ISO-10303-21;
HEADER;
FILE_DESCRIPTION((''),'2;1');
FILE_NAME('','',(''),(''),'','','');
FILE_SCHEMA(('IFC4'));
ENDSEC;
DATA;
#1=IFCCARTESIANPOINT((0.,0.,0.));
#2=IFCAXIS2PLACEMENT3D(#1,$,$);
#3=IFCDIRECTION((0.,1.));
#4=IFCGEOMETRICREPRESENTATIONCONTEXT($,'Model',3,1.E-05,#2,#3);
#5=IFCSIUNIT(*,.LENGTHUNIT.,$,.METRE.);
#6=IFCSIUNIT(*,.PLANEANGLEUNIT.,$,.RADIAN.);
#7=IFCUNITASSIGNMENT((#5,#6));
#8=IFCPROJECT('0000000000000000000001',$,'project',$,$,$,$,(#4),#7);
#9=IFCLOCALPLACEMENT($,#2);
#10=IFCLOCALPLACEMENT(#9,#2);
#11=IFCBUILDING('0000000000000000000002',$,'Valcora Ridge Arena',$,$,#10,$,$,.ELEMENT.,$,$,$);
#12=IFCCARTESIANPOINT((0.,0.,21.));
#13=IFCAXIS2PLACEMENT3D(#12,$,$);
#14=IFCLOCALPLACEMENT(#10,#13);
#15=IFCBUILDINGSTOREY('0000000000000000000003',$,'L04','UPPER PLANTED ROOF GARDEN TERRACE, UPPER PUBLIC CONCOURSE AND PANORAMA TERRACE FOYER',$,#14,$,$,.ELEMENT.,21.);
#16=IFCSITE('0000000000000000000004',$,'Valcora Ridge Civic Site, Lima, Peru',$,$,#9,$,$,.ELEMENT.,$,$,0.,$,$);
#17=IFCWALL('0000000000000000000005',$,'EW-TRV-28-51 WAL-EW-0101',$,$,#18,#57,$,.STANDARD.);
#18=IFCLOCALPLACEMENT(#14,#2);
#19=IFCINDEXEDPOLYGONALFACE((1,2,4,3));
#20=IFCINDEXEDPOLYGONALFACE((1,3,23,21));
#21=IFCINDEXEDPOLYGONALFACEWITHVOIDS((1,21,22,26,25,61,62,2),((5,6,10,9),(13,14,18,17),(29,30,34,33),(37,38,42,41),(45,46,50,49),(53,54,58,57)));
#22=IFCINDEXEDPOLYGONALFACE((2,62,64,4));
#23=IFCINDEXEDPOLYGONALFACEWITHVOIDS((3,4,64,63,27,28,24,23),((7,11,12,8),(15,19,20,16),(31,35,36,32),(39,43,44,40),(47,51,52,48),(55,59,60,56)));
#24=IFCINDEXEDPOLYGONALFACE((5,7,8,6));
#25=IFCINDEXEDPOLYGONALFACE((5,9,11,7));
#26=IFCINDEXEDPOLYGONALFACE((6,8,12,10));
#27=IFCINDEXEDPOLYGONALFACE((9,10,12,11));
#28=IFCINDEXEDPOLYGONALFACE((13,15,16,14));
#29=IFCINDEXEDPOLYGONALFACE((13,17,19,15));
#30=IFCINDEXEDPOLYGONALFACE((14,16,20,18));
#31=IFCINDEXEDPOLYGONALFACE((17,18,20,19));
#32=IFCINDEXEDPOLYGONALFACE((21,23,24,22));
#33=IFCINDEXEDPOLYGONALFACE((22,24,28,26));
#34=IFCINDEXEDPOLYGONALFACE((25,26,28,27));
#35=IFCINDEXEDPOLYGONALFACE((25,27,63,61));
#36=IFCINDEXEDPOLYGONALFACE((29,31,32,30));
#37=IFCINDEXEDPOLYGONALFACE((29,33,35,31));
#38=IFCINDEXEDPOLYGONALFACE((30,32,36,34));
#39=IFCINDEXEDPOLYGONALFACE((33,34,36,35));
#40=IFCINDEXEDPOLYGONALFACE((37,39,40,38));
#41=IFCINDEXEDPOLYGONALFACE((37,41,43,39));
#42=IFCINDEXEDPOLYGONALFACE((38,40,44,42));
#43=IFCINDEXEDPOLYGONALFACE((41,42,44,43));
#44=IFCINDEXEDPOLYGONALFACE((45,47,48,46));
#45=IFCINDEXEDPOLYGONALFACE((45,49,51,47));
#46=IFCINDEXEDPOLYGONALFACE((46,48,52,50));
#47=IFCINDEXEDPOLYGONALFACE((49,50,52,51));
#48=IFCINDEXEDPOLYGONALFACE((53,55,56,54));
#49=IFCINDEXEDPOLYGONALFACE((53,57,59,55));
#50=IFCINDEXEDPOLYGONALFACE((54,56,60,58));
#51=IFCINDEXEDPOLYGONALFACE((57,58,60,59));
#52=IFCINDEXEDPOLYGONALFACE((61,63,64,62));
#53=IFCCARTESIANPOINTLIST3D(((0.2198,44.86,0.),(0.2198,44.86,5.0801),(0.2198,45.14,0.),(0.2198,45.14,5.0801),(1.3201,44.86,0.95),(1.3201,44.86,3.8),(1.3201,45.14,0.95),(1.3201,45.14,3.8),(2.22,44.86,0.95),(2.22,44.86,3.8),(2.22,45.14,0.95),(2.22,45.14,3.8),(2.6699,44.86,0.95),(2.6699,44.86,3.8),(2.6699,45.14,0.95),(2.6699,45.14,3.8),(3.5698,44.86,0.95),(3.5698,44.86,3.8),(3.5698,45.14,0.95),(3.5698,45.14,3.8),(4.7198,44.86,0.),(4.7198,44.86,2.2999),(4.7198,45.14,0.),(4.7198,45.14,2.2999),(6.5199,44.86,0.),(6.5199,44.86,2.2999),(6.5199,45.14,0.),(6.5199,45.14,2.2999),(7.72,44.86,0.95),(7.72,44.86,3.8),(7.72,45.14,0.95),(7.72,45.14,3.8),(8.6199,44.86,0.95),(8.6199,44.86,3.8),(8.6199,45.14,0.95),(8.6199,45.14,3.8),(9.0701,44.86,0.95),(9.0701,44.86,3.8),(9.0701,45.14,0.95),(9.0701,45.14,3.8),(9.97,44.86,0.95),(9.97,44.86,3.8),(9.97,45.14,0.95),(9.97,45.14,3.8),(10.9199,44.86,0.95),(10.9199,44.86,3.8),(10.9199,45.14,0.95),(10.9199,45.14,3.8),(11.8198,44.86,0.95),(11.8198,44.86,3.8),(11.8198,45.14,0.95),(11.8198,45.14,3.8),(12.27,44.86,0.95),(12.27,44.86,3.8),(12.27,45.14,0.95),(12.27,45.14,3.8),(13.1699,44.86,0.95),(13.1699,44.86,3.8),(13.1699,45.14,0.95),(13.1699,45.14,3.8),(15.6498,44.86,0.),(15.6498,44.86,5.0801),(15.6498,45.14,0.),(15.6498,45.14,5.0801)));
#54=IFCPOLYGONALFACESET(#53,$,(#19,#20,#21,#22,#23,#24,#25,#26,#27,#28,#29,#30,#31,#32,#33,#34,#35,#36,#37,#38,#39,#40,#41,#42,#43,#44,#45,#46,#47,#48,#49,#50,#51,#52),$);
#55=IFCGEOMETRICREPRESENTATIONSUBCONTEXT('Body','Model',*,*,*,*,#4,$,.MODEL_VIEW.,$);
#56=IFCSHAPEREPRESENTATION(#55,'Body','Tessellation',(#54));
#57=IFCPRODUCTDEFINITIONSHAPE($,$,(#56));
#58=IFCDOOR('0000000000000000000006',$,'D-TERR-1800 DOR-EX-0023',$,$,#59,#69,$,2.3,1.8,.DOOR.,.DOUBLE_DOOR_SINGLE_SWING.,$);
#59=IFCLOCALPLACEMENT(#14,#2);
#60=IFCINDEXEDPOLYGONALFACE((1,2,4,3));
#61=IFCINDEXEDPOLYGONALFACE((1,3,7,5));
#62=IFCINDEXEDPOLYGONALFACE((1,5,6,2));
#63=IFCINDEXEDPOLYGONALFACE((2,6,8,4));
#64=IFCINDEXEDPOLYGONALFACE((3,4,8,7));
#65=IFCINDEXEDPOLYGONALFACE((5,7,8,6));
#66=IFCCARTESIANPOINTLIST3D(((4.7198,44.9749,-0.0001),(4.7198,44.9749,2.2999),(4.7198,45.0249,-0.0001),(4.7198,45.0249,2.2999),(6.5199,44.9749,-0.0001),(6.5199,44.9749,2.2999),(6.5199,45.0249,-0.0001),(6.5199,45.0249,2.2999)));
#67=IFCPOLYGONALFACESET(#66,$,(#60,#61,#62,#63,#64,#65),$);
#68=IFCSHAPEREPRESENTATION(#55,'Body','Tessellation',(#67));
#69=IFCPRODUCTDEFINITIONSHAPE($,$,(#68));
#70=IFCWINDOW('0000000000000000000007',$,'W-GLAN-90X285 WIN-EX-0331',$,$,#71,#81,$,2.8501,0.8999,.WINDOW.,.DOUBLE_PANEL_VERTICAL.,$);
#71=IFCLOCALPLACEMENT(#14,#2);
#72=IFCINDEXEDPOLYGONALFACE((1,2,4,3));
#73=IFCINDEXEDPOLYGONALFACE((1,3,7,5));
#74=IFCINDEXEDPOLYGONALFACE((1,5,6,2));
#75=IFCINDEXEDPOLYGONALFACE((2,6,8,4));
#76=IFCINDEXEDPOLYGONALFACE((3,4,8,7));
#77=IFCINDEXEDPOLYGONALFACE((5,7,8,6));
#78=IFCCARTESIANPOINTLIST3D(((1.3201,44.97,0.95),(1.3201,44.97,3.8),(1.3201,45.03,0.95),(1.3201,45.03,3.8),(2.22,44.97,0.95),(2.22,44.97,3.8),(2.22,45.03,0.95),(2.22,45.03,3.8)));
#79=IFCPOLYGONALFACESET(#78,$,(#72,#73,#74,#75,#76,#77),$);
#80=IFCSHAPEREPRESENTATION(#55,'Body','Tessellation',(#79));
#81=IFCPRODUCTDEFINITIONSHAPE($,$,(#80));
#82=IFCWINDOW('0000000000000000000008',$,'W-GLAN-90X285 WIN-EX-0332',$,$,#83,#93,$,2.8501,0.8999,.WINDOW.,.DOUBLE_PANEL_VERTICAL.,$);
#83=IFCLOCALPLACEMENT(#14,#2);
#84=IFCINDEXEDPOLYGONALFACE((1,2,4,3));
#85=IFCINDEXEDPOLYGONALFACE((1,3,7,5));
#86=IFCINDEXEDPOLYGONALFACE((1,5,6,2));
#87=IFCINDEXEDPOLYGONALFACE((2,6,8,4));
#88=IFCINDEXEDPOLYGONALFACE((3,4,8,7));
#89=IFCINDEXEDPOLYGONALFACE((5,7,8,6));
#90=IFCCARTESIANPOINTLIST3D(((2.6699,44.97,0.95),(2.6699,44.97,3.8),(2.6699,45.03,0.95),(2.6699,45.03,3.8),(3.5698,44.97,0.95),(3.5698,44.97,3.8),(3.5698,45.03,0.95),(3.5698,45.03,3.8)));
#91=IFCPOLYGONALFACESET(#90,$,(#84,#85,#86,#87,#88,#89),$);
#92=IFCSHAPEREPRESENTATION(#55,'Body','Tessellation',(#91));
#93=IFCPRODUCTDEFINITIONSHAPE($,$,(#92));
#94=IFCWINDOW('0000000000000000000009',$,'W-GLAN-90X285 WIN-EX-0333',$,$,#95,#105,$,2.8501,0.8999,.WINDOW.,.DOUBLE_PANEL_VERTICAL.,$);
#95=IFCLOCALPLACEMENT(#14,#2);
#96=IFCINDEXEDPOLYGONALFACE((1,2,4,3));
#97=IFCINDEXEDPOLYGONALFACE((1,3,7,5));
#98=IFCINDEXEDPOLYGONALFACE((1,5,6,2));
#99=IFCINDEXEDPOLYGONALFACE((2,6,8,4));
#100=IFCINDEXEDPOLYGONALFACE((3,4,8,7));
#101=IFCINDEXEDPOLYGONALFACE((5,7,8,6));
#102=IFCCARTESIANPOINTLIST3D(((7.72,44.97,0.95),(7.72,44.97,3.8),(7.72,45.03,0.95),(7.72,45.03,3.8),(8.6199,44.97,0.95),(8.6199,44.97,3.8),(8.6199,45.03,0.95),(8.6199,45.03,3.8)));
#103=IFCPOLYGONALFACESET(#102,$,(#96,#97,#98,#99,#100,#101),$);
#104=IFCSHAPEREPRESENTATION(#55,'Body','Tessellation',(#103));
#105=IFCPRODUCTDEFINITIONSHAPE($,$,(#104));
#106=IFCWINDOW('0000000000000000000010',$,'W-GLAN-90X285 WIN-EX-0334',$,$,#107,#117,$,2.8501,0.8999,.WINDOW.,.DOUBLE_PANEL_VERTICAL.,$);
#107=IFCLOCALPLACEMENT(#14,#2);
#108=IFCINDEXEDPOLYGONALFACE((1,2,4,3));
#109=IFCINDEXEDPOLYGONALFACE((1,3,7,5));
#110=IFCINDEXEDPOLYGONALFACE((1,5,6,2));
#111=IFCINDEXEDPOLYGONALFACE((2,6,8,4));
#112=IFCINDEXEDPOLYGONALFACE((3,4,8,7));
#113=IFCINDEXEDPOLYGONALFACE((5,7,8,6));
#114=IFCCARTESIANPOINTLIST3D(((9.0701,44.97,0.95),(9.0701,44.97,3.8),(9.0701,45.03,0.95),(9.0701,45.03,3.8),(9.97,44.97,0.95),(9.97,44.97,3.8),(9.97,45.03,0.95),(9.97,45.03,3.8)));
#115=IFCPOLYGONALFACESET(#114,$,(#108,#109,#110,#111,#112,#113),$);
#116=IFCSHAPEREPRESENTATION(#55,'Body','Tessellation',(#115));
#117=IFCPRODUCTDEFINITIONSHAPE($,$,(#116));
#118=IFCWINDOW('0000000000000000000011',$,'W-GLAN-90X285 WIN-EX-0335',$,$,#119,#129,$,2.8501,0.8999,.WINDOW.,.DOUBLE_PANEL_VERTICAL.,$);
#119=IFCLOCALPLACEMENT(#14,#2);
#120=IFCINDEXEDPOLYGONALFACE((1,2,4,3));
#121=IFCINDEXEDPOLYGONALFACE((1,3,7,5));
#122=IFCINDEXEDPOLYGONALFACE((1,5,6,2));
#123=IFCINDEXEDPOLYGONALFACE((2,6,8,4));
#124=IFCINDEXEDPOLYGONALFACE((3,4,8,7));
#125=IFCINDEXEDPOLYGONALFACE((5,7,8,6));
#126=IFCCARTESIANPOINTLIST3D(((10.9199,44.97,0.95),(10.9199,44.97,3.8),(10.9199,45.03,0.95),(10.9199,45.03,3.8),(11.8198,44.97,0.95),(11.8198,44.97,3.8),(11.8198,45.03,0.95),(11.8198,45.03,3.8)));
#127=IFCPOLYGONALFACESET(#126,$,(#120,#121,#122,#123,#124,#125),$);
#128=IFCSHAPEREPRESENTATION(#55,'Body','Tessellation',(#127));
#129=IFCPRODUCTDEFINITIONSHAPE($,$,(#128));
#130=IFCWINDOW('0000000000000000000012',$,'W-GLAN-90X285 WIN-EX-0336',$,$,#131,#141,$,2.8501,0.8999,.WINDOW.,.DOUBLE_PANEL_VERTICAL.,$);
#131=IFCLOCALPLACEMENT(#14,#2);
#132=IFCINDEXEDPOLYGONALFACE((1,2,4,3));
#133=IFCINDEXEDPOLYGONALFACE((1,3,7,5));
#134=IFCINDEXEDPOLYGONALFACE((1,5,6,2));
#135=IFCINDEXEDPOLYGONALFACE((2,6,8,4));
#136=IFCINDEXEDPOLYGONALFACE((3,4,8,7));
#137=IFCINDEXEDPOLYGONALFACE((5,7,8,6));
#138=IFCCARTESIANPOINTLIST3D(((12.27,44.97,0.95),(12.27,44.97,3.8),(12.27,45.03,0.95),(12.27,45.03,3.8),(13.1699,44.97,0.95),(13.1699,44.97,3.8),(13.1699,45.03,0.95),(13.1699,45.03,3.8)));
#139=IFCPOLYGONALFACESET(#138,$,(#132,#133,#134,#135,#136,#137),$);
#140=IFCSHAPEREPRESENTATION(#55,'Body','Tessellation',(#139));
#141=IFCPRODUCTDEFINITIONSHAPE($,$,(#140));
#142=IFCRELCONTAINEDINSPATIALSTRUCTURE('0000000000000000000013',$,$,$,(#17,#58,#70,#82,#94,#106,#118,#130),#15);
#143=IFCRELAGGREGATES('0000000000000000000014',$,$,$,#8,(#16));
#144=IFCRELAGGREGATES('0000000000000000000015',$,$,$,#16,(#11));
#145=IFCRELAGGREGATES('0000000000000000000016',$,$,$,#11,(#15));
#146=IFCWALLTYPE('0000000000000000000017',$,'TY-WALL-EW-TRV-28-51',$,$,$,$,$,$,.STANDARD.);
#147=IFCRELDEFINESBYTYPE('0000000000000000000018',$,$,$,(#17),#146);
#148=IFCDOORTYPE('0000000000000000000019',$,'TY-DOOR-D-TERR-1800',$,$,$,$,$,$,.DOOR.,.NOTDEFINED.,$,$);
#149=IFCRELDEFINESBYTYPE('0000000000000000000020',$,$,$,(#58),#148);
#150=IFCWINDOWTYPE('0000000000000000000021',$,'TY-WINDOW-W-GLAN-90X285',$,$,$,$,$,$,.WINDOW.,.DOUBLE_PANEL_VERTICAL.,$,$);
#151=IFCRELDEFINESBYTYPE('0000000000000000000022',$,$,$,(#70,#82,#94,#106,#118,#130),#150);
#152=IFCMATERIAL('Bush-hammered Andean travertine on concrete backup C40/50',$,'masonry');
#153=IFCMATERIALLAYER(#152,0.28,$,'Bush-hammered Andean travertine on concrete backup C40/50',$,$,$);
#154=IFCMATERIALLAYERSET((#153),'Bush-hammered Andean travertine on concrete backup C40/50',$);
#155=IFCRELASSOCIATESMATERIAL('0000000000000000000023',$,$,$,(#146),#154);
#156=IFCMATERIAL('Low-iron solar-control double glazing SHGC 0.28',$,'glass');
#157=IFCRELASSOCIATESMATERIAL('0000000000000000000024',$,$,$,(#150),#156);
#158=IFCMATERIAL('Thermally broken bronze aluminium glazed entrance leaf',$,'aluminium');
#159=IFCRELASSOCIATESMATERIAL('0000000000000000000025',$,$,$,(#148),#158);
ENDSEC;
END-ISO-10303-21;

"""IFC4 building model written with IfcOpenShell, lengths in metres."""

from ifc_helpers import new_model, si_unit, direction, frame, frame_2d, origin, place, context, subcontext, project, spatial, rectangle, extrude, material, layer, layer_set, type_object, element, fill, save


model = new_model("IFC4")

# Units and contexts
model_context = context("Model", 3, precision=1e-05, world=origin(), true_north=direction((0.0, 1.0)))
body_context = subcontext(model_context, "Body", "Model", "MODEL_VIEW")
ifc_project = project(units=[si_unit("LENGTHUNIT", "METRE"), si_unit("PLANEANGLEUNIT", "RADIAN")], contexts=[model_context])

# Site, building, storey
site_placement = place(None, origin())
site = spatial("IfcSite", under=ifc_project, at=site_placement, Name="Valcora Ridge Civic Site, Lima, Peru", CompositionType="ELEMENT", RefElevation=0.0)
building_placement = place(site_placement, origin())
building = spatial("IfcBuilding", under=site, at=building_placement, Name="Valcora Ridge Arena", CompositionType="ELEMENT")
storey_placement = place(building_placement, frame((0.0, 0.0, 21.0)))
storey = spatial("IfcBuildingStorey", under=building, at=storey_placement, Name="L04", Description="UPPER PLANTED ROOF GARDEN TERRACE, UPPER PUBLIC CONCOURSE AND PANORAMA TERRACE FOYER", CompositionType="ELEMENT", Elevation=21.0)

# Shared definitions
ifc_material_1 = material(Name="Low-iron solar-control double glazing SHGC 0.28", Category="glass")

# Shared definitions
ifc_material_2 = material(Name="Bush-hammered Andean travertine on concrete backup C40/50", Category="masonry")
ifc_layer_1 = layer(ifc_material_2, 0.28, Name="Bush-hammered Andean travertine on concrete backup C40/50")
ifc_layer_set_1 = layer_set([ifc_layer_1], Name="Bush-hammered Andean travertine on concrete backup C40/50")
wall_type = type_object("IfcWallType", Name="TY-WALL-EW-TRV-28-51", PredefinedType="STANDARD", material=ifc_layer_set_1)
window_type = type_object("IfcWindowType", Name="TY-WINDOW-W-GLAN-90X285", PartitioningType="DOUBLE_PANEL_VERTICAL", PredefinedType="WINDOW", material=ifc_material_1)

# Wall, openings, door, windows
wall_1_placement = place(storey_placement, frame((0.22, 45.0, 0.0), z_axis=(0.0, 0.0, 1.0), x_axis=(1.0, 0.0, 0.0)))
wall_1 = element("IfcWall", 1, at=wall_1_placement, inside=storey, type_object=wall_type, Name="EW-TRV-28-51 WAL-EW-0101", PredefinedType="STANDARD", context=body_context, shape_type="SweptSolid", body=[
    extrude(rectangle(XDim=15.4299, YDim=0.28, at=frame_2d((7.7148, 0.0))), origin(), (0.0, 0.0, 1.0), 5.0801),
])
opening_1_placement = place(wall_1_placement, frame((4.5, 0.0, 0.0)))
opening_1 = element("IfcOpeningElement", 2, at=opening_1_placement, cuts=wall_1, PredefinedType="OPENING", context=body_context, shape_type="SweptSolid", body=[
    extrude(rectangle(XDim=1.8, YDim=2.3, at=frame_2d((0.8999, 1.1499))), frame((0.0, 0.1499, 0.0), z_axis=(0.0, -1.0, 0.0), x_axis=(1.0, 0.0, 0.0)), (0.0, 0.0, 1.0), 0.3),
])
opening_2_placement = place(wall_1_placement, frame((1.1001, 0.0, 0.95)))
opening_2 = element("IfcOpeningElement", 3, at=opening_2_placement, cuts=wall_1, PredefinedType="OPENING", context=body_context, shape_type="SweptSolid", body=[
    extrude(rectangle(XDim=0.8999, YDim=2.8501, at=frame_2d((0.45, 1.425))), frame((0.0, 0.1499, 0.0), z_axis=(0.0, -1.0, 0.0), x_axis=(1.0, 0.0, 0.0)), (0.0, 0.0, 1.0), 0.3),
])
opening_3_placement = place(wall_1_placement, frame((2.45, 0.0, 0.95)))
opening_3 = element("IfcOpeningElement", 4, at=opening_3_placement, cuts=wall_1, PredefinedType="OPENING", context=body_context, shape_type="SweptSolid", body=[
    extrude(rectangle(XDim=0.8999, YDim=2.8501, at=frame_2d((0.45, 1.425))), frame((0.0, 0.1499, 0.0), z_axis=(0.0, -1.0, 0.0), x_axis=(1.0, 0.0, 0.0)), (0.0, 0.0, 1.0), 0.3),
])
opening_4_placement = place(wall_1_placement, frame((7.5, 0.0, 0.95)))
opening_4 = element("IfcOpeningElement", 5, at=opening_4_placement, cuts=wall_1, PredefinedType="OPENING", context=body_context, shape_type="SweptSolid", body=[
    extrude(rectangle(XDim=0.8999, YDim=2.8501, at=frame_2d((0.45, 1.425))), frame((0.0, 0.1499, 0.0), z_axis=(0.0, -1.0, 0.0), x_axis=(1.0, 0.0, 0.0)), (0.0, 0.0, 1.0), 0.3),
])
opening_5_placement = place(wall_1_placement, frame((8.8501, 0.0, 0.95)))
opening_5 = element("IfcOpeningElement", 6, at=opening_5_placement, cuts=wall_1, PredefinedType="OPENING", context=body_context, shape_type="SweptSolid", body=[
    extrude(rectangle(XDim=0.8999, YDim=2.8501, at=frame_2d((0.45, 1.425))), frame((0.0, 0.1499, 0.0), z_axis=(0.0, -1.0, 0.0), x_axis=(1.0, 0.0, 0.0)), (0.0, 0.0, 1.0), 0.3),
])
opening_6_placement = place(wall_1_placement, frame((10.7, 0.0, 0.95)))
opening_6 = element("IfcOpeningElement", 7, at=opening_6_placement, cuts=wall_1, PredefinedType="OPENING", context=body_context, shape_type="SweptSolid", body=[
    extrude(rectangle(XDim=0.8999, YDim=2.8501, at=frame_2d((0.45, 1.425))), frame((0.0, 0.1499, 0.0), z_axis=(0.0, -1.0, 0.0), x_axis=(1.0, 0.0, 0.0)), (0.0, 0.0, 1.0), 0.3),
])
opening_7_placement = place(wall_1_placement, frame((12.05, 0.0, 0.95)))
opening_7 = element("IfcOpeningElement", 8, at=opening_7_placement, cuts=wall_1, PredefinedType="OPENING", context=body_context, shape_type="SweptSolid", body=[
    extrude(rectangle(XDim=0.8999, YDim=2.8501, at=frame_2d((0.45, 1.425))), frame((0.0, 0.1499, 0.0), z_axis=(0.0, -1.0, 0.0), x_axis=(1.0, 0.0, 0.0)), (0.0, 0.0, 1.0), 0.3),
])
ifc_material_3 = material(Name="Thermally broken bronze aluminium glazed entrance leaf", Category="aluminium")
door_type = type_object("IfcDoorType", Name="TY-DOOR-D-TERR-1800", OperationType="NOTDEFINED", PredefinedType="DOOR", material=ifc_material_3)
door_placement = place(opening_1_placement, origin())
door = element("IfcDoor", 9, at=door_placement, inside=storey, type_object=door_type, Name="D-TERR-1800 DOR-EX-0023", OperationType="DOUBLE_DOOR_SINGLE_SWING", OverallHeight=2.3, OverallWidth=1.8, PredefinedType="DOOR", context=body_context, shape_type="SweptSolid", body=[
    extrude(rectangle(XDim=1.8, YDim=2.3, at=frame_2d((0.8999, 1.1499))), frame((0.0, 0.0249, 0.0), z_axis=(0.0, -1.0, 0.0), x_axis=(1.0, 0.0, 0.0)), (0.0, 0.0, 1.0), 0.05),
])
fill(opening_1, door)
window_1_placement = place(opening_2_placement, origin())
window_1 = element("IfcWindow", 10, at=window_1_placement, inside=storey, type_object=window_type, Name="W-GLAN-90X285 WIN-EX-0331", OverallHeight=2.8501, OverallWidth=0.8999, PartitioningType="DOUBLE_PANEL_VERTICAL", PredefinedType="WINDOW", context=body_context, shape_type="SweptSolid", body=[
    extrude(rectangle(XDim=0.8999, YDim=2.8501, at=frame_2d((0.45, 1.425))), frame((0.0, 0.03, 0.0), z_axis=(0.0, -1.0, 0.0), x_axis=(1.0, 0.0, 0.0)), (0.0, 0.0, 1.0), 0.0601),
])
fill(opening_2, window_1)
window_2_placement = place(opening_3_placement, origin())
window_2 = element("IfcWindow", 11, at=window_2_placement, inside=storey, type_object=window_type, Name="W-GLAN-90X285 WIN-EX-0332", OverallHeight=2.8501, OverallWidth=0.8999, PartitioningType="DOUBLE_PANEL_VERTICAL", PredefinedType="WINDOW", context=body_context, shape_type="SweptSolid", body=[
    extrude(rectangle(XDim=0.8999, YDim=2.8501, at=frame_2d((0.45, 1.425))), frame((0.0, 0.03, 0.0), z_axis=(0.0, -1.0, 0.0), x_axis=(1.0, 0.0, 0.0)), (0.0, 0.0, 1.0), 0.0601),
])
fill(opening_3, window_2)
window_3_placement = place(opening_4_placement, origin())
window_3 = element("IfcWindow", 12, at=window_3_placement, inside=storey, type_object=window_type, Name="W-GLAN-90X285 WIN-EX-0333", OverallHeight=2.8501, OverallWidth=0.8999, PartitioningType="DOUBLE_PANEL_VERTICAL", PredefinedType="WINDOW", context=body_context, shape_type="SweptSolid", body=[
    extrude(rectangle(XDim=0.8999, YDim=2.8501, at=frame_2d((0.45, 1.425))), frame((0.0, 0.03, 0.0), z_axis=(0.0, -1.0, 0.0), x_axis=(1.0, 0.0, 0.0)), (0.0, 0.0, 1.0), 0.0601),
])
fill(opening_4, window_3)
window_4_placement = place(opening_5_placement, origin())
window_4 = element("IfcWindow", 13, at=window_4_placement, inside=storey, type_object=window_type, Name="W-GLAN-90X285 WIN-EX-0334", OverallHeight=2.8501, OverallWidth=0.8999, PartitioningType="DOUBLE_PANEL_VERTICAL", PredefinedType="WINDOW", context=body_context, shape_type="SweptSolid", body=[
    extrude(rectangle(XDim=0.8999, YDim=2.8501, at=frame_2d((0.45, 1.425))), frame((0.0, 0.03, 0.0), z_axis=(0.0, -1.0, 0.0), x_axis=(1.0, 0.0, 0.0)), (0.0, 0.0, 1.0), 0.0601),
])
fill(opening_5, window_4)
window_5_placement = place(opening_6_placement, origin())
window_5 = element("IfcWindow", 14, at=window_5_placement, inside=storey, type_object=window_type, Name="W-GLAN-90X285 WIN-EX-0335", OverallHeight=2.8501, OverallWidth=0.8999, PartitioningType="DOUBLE_PANEL_VERTICAL", PredefinedType="WINDOW", context=body_context, shape_type="SweptSolid", body=[
    extrude(rectangle(XDim=0.8999, YDim=2.8501, at=frame_2d((0.45, 1.425))), frame((0.0, 0.03, 0.0), z_axis=(0.0, -1.0, 0.0), x_axis=(1.0, 0.0, 0.0)), (0.0, 0.0, 1.0), 0.0601),
])
fill(opening_6, window_5)
window_6_placement = place(opening_7_placement, origin())
window_6 = element("IfcWindow", 15, at=window_6_placement, inside=storey, type_object=window_type, Name="W-GLAN-90X285 WIN-EX-0336", OverallHeight=2.8501, OverallWidth=0.8999, PartitioningType="DOUBLE_PANEL_VERTICAL", PredefinedType="WINDOW", context=body_context, shape_type="SweptSolid", body=[
    extrude(rectangle(XDim=0.8999, YDim=2.8501, at=frame_2d((0.45, 1.425))), frame((0.0, 0.03, 0.0), z_axis=(0.0, -1.0, 0.0), x_axis=(1.0, 0.0, 0.0)), (0.0, 0.0, 1.0), 0.0601),
])
fill(opening_7, window_6)

save(model, "model.ifc")
